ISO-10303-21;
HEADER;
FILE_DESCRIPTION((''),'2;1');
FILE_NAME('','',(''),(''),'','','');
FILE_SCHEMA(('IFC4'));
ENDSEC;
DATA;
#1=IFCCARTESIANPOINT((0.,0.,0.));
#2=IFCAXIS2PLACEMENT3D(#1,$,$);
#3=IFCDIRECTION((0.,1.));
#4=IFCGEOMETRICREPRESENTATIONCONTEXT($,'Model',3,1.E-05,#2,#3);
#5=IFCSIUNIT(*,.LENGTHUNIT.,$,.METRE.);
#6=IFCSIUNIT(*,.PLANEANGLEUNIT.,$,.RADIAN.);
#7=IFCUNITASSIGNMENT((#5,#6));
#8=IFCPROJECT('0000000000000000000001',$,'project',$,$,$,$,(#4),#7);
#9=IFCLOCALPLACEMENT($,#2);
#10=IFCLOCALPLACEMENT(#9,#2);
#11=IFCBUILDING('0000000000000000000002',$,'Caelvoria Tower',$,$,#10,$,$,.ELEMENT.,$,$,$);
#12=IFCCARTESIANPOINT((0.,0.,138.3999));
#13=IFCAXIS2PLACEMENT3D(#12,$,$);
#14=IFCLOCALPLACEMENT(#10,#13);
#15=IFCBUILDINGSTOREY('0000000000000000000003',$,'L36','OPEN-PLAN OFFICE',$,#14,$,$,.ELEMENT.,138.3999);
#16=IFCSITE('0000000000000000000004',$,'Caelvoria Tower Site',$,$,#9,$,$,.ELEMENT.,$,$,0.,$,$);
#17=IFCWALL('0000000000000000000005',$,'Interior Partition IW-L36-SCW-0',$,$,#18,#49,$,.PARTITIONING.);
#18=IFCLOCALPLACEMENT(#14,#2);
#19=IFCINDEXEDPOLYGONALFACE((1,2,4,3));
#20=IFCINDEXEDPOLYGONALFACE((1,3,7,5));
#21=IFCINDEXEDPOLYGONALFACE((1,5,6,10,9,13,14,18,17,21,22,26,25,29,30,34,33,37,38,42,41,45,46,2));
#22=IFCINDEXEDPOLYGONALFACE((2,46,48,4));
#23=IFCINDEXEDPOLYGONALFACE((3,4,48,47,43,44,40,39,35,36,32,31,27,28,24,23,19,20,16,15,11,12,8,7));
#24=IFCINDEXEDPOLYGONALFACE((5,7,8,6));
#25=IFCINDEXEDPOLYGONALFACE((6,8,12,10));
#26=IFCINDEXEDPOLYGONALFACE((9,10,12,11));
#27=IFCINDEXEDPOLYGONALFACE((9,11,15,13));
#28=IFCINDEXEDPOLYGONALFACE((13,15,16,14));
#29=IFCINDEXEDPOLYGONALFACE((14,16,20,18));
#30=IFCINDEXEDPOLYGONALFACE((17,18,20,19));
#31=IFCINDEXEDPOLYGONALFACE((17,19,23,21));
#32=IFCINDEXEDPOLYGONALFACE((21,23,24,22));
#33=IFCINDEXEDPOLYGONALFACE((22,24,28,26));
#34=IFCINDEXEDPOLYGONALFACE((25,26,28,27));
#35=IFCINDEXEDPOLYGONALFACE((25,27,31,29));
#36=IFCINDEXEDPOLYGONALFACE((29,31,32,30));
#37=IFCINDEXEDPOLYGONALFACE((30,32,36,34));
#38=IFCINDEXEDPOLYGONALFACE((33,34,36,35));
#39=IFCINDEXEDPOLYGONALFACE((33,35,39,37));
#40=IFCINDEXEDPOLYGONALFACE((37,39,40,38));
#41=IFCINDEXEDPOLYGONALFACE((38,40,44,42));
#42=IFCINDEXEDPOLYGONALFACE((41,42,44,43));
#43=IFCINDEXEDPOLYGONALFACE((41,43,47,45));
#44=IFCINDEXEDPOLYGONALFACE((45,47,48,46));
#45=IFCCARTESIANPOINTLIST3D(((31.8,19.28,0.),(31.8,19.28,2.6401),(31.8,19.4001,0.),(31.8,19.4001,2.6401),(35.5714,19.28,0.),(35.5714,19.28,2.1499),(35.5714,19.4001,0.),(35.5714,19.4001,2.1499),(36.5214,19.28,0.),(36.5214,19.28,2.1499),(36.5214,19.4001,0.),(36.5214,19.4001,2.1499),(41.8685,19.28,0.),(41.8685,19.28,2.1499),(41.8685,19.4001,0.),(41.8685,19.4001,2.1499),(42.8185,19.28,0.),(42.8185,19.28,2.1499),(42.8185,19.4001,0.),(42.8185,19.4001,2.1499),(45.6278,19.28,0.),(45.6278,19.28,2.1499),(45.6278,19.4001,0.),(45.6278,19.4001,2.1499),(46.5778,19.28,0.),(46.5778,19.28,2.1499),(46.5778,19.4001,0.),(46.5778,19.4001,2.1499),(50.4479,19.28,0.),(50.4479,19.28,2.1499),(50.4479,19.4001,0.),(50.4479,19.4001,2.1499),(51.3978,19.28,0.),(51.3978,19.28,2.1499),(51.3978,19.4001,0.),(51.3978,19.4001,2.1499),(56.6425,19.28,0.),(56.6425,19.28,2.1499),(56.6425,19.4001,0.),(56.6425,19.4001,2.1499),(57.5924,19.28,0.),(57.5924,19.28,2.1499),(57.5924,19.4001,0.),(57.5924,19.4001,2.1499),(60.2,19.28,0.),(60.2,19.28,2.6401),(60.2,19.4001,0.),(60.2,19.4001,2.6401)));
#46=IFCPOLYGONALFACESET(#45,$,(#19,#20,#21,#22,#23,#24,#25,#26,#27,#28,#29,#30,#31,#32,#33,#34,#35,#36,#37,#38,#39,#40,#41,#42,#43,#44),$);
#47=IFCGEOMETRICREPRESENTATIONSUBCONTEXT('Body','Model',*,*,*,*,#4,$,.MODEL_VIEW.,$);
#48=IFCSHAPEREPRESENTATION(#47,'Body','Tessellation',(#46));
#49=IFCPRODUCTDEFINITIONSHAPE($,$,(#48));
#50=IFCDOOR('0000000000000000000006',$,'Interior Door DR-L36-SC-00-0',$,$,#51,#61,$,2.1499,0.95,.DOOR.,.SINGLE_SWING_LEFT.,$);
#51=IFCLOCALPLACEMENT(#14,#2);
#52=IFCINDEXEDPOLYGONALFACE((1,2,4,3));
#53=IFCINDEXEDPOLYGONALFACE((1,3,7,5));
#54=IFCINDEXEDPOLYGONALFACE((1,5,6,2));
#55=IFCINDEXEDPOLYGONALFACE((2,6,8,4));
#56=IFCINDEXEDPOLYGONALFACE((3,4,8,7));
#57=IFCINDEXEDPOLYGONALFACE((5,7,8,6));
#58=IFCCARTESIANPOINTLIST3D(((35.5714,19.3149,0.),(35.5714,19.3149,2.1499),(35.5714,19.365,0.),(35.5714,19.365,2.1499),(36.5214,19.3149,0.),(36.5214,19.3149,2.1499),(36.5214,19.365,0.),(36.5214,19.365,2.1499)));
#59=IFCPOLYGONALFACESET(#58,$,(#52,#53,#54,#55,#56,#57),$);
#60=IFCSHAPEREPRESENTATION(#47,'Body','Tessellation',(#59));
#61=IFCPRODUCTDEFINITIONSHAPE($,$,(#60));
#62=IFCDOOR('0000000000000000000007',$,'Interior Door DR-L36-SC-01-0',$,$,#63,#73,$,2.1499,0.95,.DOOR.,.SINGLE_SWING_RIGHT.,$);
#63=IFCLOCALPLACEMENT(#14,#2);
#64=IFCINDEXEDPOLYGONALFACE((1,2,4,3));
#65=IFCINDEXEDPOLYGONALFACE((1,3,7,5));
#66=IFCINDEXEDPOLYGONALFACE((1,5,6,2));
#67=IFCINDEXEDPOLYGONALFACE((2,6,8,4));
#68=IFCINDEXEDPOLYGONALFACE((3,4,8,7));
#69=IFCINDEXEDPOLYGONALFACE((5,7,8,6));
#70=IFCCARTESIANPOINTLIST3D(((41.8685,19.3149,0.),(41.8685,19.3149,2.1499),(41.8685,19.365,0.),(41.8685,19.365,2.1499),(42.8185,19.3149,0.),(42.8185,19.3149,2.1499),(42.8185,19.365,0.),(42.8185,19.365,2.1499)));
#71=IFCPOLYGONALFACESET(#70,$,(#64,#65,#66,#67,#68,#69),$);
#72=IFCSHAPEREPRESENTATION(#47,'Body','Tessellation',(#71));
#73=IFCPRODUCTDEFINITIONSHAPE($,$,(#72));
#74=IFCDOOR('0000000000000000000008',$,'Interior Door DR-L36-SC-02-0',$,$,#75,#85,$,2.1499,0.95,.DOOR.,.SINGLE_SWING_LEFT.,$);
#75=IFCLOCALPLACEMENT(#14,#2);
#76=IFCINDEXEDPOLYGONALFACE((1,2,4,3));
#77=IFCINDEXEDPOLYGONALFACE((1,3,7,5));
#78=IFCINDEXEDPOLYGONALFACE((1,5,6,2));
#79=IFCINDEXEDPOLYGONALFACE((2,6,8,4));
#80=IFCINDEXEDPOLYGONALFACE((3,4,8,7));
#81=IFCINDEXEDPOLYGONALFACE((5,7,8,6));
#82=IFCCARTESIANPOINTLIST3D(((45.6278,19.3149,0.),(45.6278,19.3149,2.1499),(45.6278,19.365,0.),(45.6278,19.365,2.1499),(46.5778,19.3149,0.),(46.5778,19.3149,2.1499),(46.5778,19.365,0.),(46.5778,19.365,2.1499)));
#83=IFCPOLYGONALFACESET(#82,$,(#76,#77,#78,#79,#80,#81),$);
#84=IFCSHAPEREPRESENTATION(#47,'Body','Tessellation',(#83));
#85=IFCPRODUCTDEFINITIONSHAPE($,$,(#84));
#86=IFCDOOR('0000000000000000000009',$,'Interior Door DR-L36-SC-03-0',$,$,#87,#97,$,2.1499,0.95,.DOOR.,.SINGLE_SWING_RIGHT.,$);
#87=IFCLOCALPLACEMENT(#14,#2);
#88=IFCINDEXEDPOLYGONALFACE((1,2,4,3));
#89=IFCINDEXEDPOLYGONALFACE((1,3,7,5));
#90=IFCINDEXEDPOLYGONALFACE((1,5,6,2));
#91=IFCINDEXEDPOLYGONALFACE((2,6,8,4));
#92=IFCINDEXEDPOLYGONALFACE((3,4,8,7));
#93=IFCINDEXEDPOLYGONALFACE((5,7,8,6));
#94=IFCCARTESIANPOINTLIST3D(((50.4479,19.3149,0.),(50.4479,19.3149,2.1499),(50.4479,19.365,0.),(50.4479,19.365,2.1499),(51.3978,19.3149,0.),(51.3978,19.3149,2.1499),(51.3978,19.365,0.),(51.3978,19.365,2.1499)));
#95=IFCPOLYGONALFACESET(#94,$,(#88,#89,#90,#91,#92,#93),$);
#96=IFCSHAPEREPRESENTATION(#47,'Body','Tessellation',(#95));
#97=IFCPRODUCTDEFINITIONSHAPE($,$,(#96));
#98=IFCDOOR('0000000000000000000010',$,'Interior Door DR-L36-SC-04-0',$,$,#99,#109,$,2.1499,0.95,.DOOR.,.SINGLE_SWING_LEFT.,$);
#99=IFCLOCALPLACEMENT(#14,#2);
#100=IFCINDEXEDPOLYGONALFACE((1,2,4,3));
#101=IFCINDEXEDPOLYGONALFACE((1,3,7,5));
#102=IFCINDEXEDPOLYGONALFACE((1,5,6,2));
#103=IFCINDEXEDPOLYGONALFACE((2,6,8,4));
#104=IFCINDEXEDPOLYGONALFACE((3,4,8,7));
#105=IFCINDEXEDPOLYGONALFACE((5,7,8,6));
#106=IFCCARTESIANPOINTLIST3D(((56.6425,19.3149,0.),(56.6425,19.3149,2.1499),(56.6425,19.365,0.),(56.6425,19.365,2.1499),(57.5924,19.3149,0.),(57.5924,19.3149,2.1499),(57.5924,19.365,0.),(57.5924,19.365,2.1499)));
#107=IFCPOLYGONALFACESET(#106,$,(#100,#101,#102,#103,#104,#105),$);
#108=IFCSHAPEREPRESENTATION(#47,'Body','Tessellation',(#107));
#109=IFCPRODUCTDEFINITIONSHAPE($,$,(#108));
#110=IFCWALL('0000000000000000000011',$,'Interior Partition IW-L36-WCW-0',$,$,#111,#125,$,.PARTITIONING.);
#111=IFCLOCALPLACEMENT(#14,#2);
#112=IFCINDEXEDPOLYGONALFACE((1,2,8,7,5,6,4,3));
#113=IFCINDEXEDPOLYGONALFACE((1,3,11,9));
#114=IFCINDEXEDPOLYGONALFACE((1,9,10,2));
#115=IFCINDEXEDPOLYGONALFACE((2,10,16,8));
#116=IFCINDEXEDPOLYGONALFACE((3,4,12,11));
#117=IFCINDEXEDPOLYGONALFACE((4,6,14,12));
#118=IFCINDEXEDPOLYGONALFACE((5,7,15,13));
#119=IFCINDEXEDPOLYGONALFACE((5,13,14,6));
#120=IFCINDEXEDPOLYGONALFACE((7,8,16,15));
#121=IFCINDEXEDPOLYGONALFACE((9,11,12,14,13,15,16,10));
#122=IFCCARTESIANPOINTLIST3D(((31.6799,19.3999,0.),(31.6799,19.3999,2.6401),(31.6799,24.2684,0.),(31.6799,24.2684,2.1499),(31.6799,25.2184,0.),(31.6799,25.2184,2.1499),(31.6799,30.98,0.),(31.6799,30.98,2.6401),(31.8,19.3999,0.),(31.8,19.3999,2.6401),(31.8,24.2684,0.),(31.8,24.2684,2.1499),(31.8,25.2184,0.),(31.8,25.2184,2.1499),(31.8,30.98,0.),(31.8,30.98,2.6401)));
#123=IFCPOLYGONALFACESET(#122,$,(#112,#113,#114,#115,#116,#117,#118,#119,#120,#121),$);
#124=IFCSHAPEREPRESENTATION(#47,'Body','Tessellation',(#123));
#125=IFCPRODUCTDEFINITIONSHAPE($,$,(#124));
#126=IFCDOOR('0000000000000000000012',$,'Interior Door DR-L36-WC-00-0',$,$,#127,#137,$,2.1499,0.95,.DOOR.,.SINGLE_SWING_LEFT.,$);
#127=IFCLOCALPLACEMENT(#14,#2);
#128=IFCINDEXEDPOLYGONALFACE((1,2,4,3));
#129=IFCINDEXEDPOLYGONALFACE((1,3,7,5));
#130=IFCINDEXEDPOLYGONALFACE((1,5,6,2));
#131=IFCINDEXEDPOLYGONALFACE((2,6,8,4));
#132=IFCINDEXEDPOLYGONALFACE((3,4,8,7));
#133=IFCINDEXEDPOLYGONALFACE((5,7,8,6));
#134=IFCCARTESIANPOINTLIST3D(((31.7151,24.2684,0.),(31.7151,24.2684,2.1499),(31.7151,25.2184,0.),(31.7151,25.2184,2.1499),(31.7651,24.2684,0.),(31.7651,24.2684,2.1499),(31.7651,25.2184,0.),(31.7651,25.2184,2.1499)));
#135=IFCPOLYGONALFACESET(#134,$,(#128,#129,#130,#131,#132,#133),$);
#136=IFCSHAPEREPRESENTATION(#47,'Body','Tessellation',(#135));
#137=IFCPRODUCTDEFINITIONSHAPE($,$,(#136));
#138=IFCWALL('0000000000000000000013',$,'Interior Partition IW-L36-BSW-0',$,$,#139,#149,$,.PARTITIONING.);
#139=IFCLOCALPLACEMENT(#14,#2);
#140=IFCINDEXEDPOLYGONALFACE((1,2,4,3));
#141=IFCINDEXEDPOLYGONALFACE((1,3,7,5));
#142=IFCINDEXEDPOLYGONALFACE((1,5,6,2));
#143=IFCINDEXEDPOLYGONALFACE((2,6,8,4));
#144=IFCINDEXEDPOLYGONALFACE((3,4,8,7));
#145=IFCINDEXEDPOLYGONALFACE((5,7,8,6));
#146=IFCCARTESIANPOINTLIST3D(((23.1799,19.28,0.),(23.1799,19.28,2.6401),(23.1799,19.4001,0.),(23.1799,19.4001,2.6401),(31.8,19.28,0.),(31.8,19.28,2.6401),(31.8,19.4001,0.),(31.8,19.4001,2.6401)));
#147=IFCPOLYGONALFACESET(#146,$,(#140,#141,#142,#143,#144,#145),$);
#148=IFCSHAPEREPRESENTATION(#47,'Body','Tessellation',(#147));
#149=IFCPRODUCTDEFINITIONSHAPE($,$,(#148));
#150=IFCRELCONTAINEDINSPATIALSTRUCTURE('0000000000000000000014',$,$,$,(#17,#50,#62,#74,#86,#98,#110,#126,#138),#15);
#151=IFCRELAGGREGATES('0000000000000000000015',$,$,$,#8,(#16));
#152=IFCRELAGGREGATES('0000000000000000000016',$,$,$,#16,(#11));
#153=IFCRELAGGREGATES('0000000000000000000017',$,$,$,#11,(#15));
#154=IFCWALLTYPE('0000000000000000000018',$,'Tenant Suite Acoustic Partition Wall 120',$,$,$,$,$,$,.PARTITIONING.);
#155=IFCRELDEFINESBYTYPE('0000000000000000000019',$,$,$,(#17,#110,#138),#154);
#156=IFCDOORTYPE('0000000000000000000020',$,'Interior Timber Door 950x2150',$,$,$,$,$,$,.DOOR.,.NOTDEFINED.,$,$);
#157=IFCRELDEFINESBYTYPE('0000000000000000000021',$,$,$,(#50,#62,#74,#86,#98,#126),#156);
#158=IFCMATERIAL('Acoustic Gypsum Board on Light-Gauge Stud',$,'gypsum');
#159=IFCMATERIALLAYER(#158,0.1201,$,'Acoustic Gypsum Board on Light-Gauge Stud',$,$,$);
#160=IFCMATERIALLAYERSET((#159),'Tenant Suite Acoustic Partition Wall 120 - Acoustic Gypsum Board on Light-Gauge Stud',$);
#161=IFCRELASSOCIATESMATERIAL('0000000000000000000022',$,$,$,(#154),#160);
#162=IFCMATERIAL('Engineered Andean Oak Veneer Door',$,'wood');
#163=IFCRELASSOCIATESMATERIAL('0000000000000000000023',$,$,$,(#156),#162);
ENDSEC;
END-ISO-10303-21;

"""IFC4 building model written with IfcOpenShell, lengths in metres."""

from ifc_helpers import new_model, si_unit, direction, frame, frame_2d, origin, place, context, subcontext, project, spatial, rectangle, extrude, material, layer, layer_set, type_object, element, fill, save


model = new_model("IFC4")

# Units and contexts
model_context = context("Model", 3, precision=1e-05, world=origin(), true_north=direction((0.0, 1.0)))
body_context = subcontext(model_context, "Body", "Model", "MODEL_VIEW")
ifc_project = project(units=[si_unit("LENGTHUNIT", "METRE"), si_unit("PLANEANGLEUNIT", "RADIAN")], contexts=[model_context])

# Site, building, storey
site_placement = place(None, origin())
site = spatial("IfcSite", under=ifc_project, at=site_placement, Name="Caelvoria Tower Site", CompositionType="ELEMENT", RefElevation=0.0)
building_placement = place(site_placement, origin())
building = spatial("IfcBuilding", under=site, at=building_placement, Name="Caelvoria Tower", CompositionType="ELEMENT")
storey_placement = place(building_placement, frame((0.0, 0.0, 138.3999)))
storey = spatial("IfcBuildingStorey", under=building, at=storey_placement, Name="L36", Description="OPEN-PLAN OFFICE", CompositionType="ELEMENT", Elevation=138.3999)

# Shared definitions
ifc_material_1 = material(Name="Acoustic Gypsum Board on Light-Gauge Stud", Category="gypsum")
ifc_layer_1 = layer(ifc_material_1, 0.1201, Name="Acoustic Gypsum Board on Light-Gauge Stud")
ifc_layer_set_1 = layer_set([ifc_layer_1], Name="Tenant Suite Acoustic Partition Wall 120 - Acoustic Gypsum Board on Light-Gauge Stud")
wall_type_1 = type_object("IfcWallType", Name="Tenant Suite Acoustic Partition Wall 120", PredefinedType="PARTITIONING", material=ifc_layer_set_1)
ifc_material_2 = material(Name="Engineered Andean Oak Veneer Door", Category="wood")

# Wall, openings, doors
wall_1_placement = place(storey_placement, frame((31.8, 19.3401, 0.0), z_axis=(0.0, 0.0, 1.0), x_axis=(1.0, 0.0, 0.0)))
wall_1 = element("IfcWall", 1, at=wall_1_placement, inside=storey, type_object=wall_type_1, Name="Interior Partition IW-L36-SCW-0", PredefinedType="PARTITIONING", context=body_context, shape_type="SweptSolid", body=[
    extrude(rectangle(XDim=28.3999, YDim=0.1201, at=frame_2d((14.2, 0.0))), origin(), (0.0, 0.0, 1.0), 2.6401),
])
opening_1_placement = place(wall_1_placement, frame((3.7712, 0.0, 0.0)))
opening_1 = element("IfcOpeningElement", 2, at=opening_1_placement, cuts=wall_1, PredefinedType="OPENING", context=body_context, shape_type="SweptSolid", body=[
    extrude(rectangle(XDim=0.95, YDim=2.1499, at=frame_2d((0.4751, 1.075))), frame((0.0, 0.0701, 0.0), z_axis=(0.0, -1.0, 0.0), x_axis=(1.0, 0.0, 0.0)), (0.0, 0.0, 1.0), 0.1401),
])
opening_2_placement = place(wall_1_placement, frame((10.0684, 0.0, 0.0)))
opening_2 = element("IfcOpeningElement", 3, at=opening_2_placement, cuts=wall_1, PredefinedType="OPENING", context=body_context, shape_type="SweptSolid", body=[
    extrude(rectangle(XDim=0.95, YDim=2.1499, at=frame_2d((0.4751, 1.075))), frame((0.0, 0.0701, 0.0), z_axis=(0.0, -1.0, 0.0), x_axis=(1.0, 0.0, 0.0)), (0.0, 0.0, 1.0), 0.1401),
])
opening_3_placement = place(wall_1_placement, frame((13.8276, 0.0, 0.0)))
opening_3 = element("IfcOpeningElement", 4, at=opening_3_placement, cuts=wall_1, PredefinedType="OPENING", context=body_context, shape_type="SweptSolid", body=[
    extrude(rectangle(XDim=0.95, YDim=2.1499, at=frame_2d((0.4751, 1.075))), frame((0.0, 0.0701, 0.0), z_axis=(0.0, -1.0, 0.0), x_axis=(1.0, 0.0, 0.0)), (0.0, 0.0, 1.0), 0.1401),
])
opening_4_placement = place(wall_1_placement, frame((18.6477, 0.0, 0.0)))
opening_4 = element("IfcOpeningElement", 5, at=opening_4_placement, cuts=wall_1, PredefinedType="OPENING", context=body_context, shape_type="SweptSolid", body=[
    extrude(rectangle(XDim=0.95, YDim=2.1499, at=frame_2d((0.4751, 1.075))), frame((0.0, 0.0701, 0.0), z_axis=(0.0, -1.0, 0.0), x_axis=(1.0, 0.0, 0.0)), (0.0, 0.0, 1.0), 0.1401),
])
opening_5_placement = place(wall_1_placement, frame((24.8423, 0.0, 0.0)))
opening_5 = element("IfcOpeningElement", 6, at=opening_5_placement, cuts=wall_1, PredefinedType="OPENING", context=body_context, shape_type="SweptSolid", body=[
    extrude(rectangle(XDim=0.95, YDim=2.1499, at=frame_2d((0.4751, 1.075))), frame((0.0, 0.0701, 0.0), z_axis=(0.0, -1.0, 0.0), x_axis=(1.0, 0.0, 0.0)), (0.0, 0.0, 1.0), 0.1401),
])
door_type_1 = type_object("IfcDoorType", Name="Interior Timber Door 950x2150", OperationType="NOTDEFINED", PredefinedType="DOOR", material=ifc_material_2)
door_1_placement = place(opening_1_placement, origin())
door_1 = element("IfcDoor", 7, at=door_1_placement, inside=storey, type_object=door_type_1, Name="Interior Door DR-L36-SC-00-0", OperationType="SINGLE_SWING_LEFT", OverallHeight=2.1499, OverallWidth=0.95, PredefinedType="DOOR", context=body_context, shape_type="SweptSolid", body=[
    extrude(rectangle(XDim=0.95, YDim=2.1499, at=frame_2d((0.4751, 1.075))), frame((0.0, 0.0249, 0.0), z_axis=(0.0, -1.0, 0.0), x_axis=(1.0, 0.0, 0.0)), (0.0, 0.0, 1.0), 0.05),
])
fill(opening_1, door_1)
door_2_placement = place(opening_2_placement, origin())
door_2 = element("IfcDoor", 8, at=door_2_placement, inside=storey, type_object=door_type_1, Name="Interior Door DR-L36-SC-01-0", OperationType="SINGLE_SWING_RIGHT", OverallHeight=2.1499, OverallWidth=0.95, PredefinedType="DOOR", context=body_context, shape_type="SweptSolid", body=[
    extrude(rectangle(XDim=0.95, YDim=2.1499, at=frame_2d((0.4751, 1.075))), frame((0.0, 0.0249, 0.0), z_axis=(0.0, -1.0, 0.0), x_axis=(1.0, 0.0, 0.0)), (0.0, 0.0, 1.0), 0.05),
])
fill(opening_2, door_2)
door_3_placement = place(opening_3_placement, origin())
door_3 = element("IfcDoor", 9, at=door_3_placement, inside=storey, type_object=door_type_1, Name="Interior Door DR-L36-SC-02-0", OperationType="SINGLE_SWING_LEFT", OverallHeight=2.1499, OverallWidth=0.95, PredefinedType="DOOR", context=body_context, shape_type="SweptSolid", body=[
    extrude(rectangle(XDim=0.95, YDim=2.1499, at=frame_2d((0.4751, 1.075))), frame((0.0, 0.0249, 0.0), z_axis=(0.0, -1.0, 0.0), x_axis=(1.0, 0.0, 0.0)), (0.0, 0.0, 1.0), 0.05),
])
fill(opening_3, door_3)
door_4_placement = place(opening_4_placement, origin())
door_4 = element("IfcDoor", 10, at=door_4_placement, inside=storey, type_object=door_type_1, Name="Interior Door DR-L36-SC-03-0", OperationType="SINGLE_SWING_RIGHT", OverallHeight=2.1499, OverallWidth=0.95, PredefinedType="DOOR", context=body_context, shape_type="SweptSolid", body=[
    extrude(rectangle(XDim=0.95, YDim=2.1499, at=frame_2d((0.4751, 1.075))), frame((0.0, 0.0249, 0.0), z_axis=(0.0, -1.0, 0.0), x_axis=(1.0, 0.0, 0.0)), (0.0, 0.0, 1.0), 0.05),
])
fill(opening_4, door_4)
door_5_placement = place(opening_5_placement, origin())
door_5 = element("IfcDoor", 11, at=door_5_placement, inside=storey, type_object=door_type_1, Name="Interior Door DR-L36-SC-04-0", OperationType="SINGLE_SWING_LEFT", OverallHeight=2.1499, OverallWidth=0.95, PredefinedType="DOOR", context=body_context, shape_type="SweptSolid", body=[
    extrude(rectangle(XDim=0.95, YDim=2.1499, at=frame_2d((0.4751, 1.075))), frame((0.0, 0.0249, 0.0), z_axis=(0.0, -1.0, 0.0), x_axis=(1.0, 0.0, 0.0)), (0.0, 0.0, 1.0), 0.05),
])
fill(opening_5, door_5)

# Wall, opening, door
wall_2_placement = place(storey_placement, frame((31.74, 19.3999, 0.0), z_axis=(0.0, 0.0, 1.0), x_axis=(0.0, 1.0, 0.0)))
wall_2 = element("IfcWall", 12, at=wall_2_placement, inside=storey, type_object=wall_type_1, Name="Interior Partition IW-L36-WCW-0", PredefinedType="PARTITIONING", context=body_context, shape_type="SweptSolid", body=[
    extrude(rectangle(XDim=11.5801, YDim=0.1201, at=frame_2d((5.79, 0.0))), origin(), (0.0, 0.0, 1.0), 2.6401),
])
opening_6_placement = place(wall_2_placement, frame((4.8684, 0.0, 0.0)))
opening_6 = element("IfcOpeningElement", 13, at=opening_6_placement, cuts=wall_2, PredefinedType="OPENING", context=body_context, shape_type="SweptSolid", body=[
    extrude(rectangle(XDim=0.95, YDim=2.1499, at=frame_2d((0.4751, 1.075))), frame((0.0, 0.0701, 0.0), z_axis=(0.0, -1.0, 0.0), x_axis=(1.0, 0.0, 0.0)), (0.0, 0.0, 1.0), 0.1401),
])
door_6_placement = place(opening_6_placement, origin())
door_6 = element("IfcDoor", 14, at=door_6_placement, inside=storey, type_object=door_type_1, Name="Interior Door DR-L36-WC-00-0", OperationType="SINGLE_SWING_LEFT", OverallHeight=2.1499, OverallWidth=0.95, PredefinedType="DOOR", context=body_context, shape_type="SweptSolid", body=[
    extrude(rectangle(XDim=0.95, YDim=2.1499, at=frame_2d((0.4751, 1.075))), frame((0.0, 0.0249, 0.0), z_axis=(0.0, -1.0, 0.0), x_axis=(1.0, 0.0, 0.0)), (0.0, 0.0, 1.0), 0.05),
])
fill(opening_6, door_6)

# Wall
wall_3_placement = place(storey_placement, frame((31.8, 19.3401, 0.0), z_axis=(0.0, 0.0, 1.0), x_axis=(-1.0, 0.0, 0.0)))
element("IfcWall", 15, at=wall_3_placement, inside=storey, type_object=wall_type_1, Name="Interior Partition IW-L36-BSW-0", PredefinedType="PARTITIONING", context=body_context, shape_type="SweptSolid", body=[
    extrude(rectangle(XDim=8.6201, YDim=0.1201, at=frame_2d((4.3101, 0.0))), origin(), (0.0, 0.0, 1.0), 2.6401),
])

save(model, "model.ifc")
